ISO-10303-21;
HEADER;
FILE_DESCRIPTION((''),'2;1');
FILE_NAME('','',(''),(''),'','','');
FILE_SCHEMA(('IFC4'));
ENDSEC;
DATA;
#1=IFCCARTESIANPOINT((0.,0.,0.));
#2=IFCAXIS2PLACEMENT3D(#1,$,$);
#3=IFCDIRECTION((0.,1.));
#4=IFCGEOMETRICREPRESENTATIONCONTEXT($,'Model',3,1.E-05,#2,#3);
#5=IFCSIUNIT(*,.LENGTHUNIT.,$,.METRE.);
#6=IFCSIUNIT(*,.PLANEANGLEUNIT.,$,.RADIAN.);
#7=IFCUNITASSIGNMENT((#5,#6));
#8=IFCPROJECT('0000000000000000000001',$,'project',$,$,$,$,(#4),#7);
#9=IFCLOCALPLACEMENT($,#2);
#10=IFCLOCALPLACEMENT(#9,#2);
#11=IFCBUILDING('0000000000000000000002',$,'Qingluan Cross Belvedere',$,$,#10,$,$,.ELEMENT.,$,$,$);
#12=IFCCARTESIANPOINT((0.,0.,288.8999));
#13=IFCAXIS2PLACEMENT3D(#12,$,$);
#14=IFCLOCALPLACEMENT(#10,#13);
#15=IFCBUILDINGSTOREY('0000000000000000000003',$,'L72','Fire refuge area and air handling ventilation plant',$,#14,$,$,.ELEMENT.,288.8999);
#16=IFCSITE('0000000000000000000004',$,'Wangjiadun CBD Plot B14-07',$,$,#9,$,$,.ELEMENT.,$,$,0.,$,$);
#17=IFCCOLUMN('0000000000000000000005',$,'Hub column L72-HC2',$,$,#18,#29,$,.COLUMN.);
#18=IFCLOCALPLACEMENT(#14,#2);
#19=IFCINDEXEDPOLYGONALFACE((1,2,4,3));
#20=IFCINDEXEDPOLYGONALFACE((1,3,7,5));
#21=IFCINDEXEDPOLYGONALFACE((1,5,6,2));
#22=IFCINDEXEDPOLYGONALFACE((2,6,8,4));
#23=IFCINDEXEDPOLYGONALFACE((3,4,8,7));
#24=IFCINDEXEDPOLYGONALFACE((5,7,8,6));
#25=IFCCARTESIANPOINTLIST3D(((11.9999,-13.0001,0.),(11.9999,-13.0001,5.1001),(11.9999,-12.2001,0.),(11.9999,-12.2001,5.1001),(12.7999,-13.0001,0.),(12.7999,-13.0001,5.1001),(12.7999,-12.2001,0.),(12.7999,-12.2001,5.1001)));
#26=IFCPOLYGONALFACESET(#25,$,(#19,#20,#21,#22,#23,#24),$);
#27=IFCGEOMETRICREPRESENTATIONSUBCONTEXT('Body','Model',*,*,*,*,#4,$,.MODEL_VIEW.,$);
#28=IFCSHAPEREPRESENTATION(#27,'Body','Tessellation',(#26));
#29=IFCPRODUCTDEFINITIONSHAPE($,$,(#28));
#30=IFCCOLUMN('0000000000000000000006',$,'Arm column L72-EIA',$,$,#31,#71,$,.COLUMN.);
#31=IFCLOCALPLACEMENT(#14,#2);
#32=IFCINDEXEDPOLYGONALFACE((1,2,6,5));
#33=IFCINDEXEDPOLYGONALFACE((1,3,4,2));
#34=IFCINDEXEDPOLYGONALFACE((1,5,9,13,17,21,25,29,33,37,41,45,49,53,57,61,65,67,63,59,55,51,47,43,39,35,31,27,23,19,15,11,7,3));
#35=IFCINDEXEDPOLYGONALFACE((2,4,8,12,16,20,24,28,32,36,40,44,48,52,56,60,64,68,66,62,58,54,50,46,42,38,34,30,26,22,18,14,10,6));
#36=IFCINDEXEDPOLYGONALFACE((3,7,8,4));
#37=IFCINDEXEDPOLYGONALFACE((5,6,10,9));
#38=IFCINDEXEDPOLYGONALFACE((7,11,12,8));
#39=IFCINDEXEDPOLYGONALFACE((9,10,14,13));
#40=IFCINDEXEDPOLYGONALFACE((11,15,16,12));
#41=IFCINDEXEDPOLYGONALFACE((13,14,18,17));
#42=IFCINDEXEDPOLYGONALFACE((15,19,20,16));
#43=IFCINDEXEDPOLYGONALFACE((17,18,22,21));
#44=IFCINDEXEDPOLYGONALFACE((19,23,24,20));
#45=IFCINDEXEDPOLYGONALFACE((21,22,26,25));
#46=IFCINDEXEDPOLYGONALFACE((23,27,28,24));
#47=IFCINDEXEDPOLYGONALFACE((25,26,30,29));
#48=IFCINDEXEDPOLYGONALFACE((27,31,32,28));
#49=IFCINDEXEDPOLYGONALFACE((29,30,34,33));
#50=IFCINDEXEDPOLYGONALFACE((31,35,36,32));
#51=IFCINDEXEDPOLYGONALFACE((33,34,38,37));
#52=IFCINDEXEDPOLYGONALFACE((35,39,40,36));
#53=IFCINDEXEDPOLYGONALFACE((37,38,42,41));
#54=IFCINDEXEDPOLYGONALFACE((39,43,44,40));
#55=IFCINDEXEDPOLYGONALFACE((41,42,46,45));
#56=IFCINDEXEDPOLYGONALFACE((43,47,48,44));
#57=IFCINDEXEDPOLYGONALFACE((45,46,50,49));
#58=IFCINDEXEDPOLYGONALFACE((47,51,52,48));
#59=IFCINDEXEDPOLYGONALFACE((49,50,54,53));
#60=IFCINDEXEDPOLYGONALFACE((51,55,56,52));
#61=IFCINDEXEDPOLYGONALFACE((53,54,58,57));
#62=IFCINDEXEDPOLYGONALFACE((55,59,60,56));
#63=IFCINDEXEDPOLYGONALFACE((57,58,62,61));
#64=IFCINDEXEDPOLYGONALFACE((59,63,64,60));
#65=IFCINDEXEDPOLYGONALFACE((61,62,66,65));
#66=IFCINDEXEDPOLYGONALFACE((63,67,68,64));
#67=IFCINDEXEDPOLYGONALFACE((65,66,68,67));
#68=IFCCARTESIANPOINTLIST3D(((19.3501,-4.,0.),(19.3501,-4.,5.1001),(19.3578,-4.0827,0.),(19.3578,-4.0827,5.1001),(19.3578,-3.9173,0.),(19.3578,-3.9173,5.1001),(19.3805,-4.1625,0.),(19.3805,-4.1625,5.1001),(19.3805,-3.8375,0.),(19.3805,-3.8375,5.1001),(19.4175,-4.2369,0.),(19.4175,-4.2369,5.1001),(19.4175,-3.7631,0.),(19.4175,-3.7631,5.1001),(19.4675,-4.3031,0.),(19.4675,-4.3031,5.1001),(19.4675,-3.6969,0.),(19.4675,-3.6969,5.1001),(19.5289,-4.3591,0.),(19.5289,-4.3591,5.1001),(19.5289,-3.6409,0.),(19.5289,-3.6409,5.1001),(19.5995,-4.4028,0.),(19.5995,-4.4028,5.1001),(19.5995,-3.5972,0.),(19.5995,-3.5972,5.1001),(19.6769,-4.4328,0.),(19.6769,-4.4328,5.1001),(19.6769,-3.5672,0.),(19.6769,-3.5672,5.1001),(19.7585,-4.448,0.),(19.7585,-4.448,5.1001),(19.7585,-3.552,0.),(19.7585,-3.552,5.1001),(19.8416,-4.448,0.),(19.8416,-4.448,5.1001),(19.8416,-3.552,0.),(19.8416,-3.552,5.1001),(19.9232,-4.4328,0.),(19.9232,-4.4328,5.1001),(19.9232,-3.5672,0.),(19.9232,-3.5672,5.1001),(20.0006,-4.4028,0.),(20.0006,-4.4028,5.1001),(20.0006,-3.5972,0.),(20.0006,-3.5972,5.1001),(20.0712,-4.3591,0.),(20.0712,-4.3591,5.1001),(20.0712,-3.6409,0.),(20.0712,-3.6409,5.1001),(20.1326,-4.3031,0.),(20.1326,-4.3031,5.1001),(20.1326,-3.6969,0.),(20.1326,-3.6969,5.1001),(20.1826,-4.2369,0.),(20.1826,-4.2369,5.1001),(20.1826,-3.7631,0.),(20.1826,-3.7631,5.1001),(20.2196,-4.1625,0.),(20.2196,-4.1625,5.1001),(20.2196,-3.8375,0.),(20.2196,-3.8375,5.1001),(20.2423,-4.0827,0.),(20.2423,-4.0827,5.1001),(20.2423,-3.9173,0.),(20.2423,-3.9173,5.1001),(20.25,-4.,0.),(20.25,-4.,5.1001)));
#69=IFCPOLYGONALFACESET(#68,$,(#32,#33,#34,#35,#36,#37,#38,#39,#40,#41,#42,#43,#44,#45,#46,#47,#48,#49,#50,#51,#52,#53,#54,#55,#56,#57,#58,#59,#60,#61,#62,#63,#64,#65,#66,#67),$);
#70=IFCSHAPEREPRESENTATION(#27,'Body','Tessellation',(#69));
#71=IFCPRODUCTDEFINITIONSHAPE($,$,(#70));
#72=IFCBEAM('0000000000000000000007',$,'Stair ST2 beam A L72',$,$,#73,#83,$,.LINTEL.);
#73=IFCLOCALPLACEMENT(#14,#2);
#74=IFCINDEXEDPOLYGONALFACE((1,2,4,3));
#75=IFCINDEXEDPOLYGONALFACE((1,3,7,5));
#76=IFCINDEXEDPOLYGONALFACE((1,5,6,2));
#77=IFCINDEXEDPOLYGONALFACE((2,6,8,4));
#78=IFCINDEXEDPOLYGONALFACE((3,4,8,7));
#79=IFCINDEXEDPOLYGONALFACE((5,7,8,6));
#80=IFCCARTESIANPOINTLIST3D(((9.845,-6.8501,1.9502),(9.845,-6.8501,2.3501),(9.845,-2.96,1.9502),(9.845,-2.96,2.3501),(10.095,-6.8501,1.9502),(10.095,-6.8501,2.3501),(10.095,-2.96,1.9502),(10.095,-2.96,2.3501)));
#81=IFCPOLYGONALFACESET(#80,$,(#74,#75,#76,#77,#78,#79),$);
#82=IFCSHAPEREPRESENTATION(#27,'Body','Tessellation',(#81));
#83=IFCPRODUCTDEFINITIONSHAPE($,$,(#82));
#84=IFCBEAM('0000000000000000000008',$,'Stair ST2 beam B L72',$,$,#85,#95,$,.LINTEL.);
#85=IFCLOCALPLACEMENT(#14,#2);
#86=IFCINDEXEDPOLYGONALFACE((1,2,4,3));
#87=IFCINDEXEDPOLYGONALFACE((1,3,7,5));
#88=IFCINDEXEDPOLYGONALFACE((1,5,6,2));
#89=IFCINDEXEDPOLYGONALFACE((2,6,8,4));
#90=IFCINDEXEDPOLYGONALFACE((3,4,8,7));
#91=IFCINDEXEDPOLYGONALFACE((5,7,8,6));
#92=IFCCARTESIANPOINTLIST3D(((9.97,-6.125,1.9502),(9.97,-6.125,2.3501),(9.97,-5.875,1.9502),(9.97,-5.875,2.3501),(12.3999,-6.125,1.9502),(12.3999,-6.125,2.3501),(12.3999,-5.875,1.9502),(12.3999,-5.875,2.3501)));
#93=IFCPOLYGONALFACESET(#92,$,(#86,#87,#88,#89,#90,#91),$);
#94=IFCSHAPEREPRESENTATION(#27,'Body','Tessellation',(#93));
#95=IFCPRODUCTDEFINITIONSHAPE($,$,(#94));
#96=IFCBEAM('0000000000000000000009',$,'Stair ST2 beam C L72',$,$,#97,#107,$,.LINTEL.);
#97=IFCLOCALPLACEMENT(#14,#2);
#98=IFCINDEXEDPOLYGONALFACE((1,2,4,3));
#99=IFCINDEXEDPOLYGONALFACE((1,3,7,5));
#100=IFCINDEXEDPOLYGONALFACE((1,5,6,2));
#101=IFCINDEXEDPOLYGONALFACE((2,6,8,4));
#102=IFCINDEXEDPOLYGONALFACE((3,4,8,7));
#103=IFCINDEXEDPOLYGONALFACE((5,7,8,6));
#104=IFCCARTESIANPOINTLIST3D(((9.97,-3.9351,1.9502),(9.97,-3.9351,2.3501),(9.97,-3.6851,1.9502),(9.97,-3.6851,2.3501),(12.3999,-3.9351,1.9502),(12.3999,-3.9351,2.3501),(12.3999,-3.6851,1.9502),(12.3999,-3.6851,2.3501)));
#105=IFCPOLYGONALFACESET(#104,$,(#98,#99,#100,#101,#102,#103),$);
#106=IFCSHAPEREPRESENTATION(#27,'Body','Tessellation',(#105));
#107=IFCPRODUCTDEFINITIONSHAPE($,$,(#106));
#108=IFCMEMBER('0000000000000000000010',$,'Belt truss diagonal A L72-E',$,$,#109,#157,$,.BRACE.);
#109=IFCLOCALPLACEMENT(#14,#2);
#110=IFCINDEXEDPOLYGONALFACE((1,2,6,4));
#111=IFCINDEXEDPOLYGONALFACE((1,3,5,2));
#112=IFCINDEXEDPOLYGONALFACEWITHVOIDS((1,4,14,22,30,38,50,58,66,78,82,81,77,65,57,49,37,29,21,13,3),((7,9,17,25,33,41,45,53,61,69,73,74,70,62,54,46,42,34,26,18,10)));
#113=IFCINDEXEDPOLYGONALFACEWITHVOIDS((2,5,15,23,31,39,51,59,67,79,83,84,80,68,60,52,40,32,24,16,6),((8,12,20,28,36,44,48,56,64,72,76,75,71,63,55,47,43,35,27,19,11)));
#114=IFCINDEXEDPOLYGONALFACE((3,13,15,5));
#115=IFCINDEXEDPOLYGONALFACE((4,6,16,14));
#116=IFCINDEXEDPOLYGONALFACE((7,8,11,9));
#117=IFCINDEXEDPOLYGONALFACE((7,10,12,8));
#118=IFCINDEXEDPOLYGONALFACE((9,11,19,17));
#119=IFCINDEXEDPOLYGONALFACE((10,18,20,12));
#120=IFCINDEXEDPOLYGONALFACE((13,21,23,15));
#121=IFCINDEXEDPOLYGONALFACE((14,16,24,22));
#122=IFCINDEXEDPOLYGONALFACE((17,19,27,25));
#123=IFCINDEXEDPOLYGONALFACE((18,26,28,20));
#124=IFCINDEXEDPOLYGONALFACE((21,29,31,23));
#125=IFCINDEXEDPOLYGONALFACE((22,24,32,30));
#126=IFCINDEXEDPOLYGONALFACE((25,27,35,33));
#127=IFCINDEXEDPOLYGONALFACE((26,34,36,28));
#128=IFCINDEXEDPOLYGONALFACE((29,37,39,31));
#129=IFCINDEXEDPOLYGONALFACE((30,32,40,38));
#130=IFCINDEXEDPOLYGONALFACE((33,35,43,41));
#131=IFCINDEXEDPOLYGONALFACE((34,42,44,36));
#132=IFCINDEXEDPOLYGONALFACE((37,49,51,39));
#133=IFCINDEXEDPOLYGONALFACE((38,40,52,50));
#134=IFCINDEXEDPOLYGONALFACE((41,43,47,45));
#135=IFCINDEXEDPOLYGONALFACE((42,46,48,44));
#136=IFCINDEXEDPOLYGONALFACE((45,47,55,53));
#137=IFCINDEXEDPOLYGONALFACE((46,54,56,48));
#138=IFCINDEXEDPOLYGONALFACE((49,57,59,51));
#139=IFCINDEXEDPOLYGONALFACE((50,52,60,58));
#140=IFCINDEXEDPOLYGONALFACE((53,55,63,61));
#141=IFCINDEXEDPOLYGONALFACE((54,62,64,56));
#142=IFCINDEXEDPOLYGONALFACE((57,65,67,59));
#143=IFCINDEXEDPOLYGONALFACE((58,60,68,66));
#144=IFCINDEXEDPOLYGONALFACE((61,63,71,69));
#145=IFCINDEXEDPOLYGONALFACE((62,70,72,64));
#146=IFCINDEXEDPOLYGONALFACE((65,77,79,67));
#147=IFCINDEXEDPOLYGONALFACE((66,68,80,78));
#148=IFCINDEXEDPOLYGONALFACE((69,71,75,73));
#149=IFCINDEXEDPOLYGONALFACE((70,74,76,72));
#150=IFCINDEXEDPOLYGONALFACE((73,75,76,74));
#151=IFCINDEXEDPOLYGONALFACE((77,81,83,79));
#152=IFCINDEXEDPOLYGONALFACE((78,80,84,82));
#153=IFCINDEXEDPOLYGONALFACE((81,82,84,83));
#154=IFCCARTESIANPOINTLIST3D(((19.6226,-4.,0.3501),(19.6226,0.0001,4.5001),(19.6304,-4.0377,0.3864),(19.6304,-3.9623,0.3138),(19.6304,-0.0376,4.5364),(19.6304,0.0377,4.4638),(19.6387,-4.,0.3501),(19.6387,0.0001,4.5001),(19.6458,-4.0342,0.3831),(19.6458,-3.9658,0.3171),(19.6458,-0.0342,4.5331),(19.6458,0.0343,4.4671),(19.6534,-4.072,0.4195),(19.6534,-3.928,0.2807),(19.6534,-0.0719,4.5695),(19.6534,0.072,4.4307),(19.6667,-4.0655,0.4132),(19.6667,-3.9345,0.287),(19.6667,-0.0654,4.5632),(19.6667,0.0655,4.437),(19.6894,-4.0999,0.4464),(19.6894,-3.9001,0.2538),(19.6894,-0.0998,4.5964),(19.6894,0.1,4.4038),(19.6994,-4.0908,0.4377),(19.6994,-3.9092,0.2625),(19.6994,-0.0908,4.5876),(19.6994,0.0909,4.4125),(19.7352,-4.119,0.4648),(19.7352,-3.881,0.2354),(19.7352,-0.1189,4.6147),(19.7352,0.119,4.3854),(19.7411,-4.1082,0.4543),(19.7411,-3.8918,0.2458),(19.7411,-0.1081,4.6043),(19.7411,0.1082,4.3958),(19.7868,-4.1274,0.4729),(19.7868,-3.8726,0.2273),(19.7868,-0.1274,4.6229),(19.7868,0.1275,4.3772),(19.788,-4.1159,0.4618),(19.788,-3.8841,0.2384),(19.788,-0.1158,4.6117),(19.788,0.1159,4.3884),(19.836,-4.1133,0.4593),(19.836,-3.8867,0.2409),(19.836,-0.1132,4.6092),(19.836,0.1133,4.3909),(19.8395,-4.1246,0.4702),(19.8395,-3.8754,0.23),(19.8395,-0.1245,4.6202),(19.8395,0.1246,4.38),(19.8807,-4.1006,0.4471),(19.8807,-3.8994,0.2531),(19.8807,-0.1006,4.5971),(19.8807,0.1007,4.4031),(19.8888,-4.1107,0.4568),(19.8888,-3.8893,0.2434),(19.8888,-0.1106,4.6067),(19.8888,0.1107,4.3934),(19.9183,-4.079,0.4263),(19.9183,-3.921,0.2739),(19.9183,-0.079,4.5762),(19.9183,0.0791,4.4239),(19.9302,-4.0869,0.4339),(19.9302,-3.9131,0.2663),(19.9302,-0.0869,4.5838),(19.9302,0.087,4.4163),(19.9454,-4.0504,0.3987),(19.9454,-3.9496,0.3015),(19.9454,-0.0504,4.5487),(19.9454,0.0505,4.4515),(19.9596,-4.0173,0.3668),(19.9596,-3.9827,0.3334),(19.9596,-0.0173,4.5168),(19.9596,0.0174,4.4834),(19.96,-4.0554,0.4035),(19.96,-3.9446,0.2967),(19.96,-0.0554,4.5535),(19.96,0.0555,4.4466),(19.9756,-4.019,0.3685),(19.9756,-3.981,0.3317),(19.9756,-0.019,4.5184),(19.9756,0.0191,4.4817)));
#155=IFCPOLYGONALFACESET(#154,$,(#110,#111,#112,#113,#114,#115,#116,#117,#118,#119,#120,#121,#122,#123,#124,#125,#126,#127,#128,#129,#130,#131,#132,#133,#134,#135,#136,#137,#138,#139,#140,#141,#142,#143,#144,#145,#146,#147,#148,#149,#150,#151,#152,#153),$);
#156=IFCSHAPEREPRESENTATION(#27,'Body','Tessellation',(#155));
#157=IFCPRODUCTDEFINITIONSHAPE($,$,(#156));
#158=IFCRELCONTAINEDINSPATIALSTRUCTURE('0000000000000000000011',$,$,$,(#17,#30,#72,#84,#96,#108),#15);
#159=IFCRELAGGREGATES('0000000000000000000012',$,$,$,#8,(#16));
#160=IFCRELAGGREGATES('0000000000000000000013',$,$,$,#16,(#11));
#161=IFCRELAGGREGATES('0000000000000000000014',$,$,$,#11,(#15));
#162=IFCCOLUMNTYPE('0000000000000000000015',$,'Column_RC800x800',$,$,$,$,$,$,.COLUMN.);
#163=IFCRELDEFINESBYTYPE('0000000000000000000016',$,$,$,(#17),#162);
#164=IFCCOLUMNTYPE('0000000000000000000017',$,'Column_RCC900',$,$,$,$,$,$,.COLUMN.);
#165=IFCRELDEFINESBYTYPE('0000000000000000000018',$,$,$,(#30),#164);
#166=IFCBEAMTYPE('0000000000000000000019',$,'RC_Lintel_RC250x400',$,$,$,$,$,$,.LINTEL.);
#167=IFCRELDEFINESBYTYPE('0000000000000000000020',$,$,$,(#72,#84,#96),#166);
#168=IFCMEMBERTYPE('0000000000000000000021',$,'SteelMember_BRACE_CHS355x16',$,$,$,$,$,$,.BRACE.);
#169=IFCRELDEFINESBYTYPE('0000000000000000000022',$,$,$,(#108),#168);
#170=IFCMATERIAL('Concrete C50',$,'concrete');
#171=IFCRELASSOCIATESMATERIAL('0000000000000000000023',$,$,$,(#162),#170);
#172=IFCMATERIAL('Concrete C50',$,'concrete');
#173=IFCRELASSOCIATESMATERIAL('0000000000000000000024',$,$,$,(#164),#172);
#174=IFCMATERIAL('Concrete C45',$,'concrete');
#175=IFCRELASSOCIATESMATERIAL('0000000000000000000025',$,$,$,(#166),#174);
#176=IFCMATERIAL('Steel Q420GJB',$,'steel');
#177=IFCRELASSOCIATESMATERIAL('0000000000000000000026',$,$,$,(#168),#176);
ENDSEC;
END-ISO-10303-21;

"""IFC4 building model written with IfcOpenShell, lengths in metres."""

from ifc_helpers import new_model, si_unit, direction, frame, origin, origin_2d, place, context, subcontext, project, spatial, rectangle, circle, hollow_circle, extrude, material, material_profile, profile_set, type_object, element, save


model = new_model("IFC4")

# Units and contexts
model_context = context("Model", 3, precision=1e-05, world=origin(), true_north=direction((0.0, 1.0)))
body_context = subcontext(model_context, "Body", "Model", "MODEL_VIEW")
ifc_project = project(units=[si_unit("LENGTHUNIT", "METRE"), si_unit("PLANEANGLEUNIT", "RADIAN")], contexts=[model_context])

# Site, building, storey
site_placement = place(None, origin())
site = spatial("IfcSite", under=ifc_project, at=site_placement, Name="Wangjiadun CBD Plot B14-07", CompositionType="ELEMENT", RefElevation=0.0)
building_placement = place(site_placement, origin())
building = spatial("IfcBuilding", under=site, at=building_placement, Name="Qingluan Cross Belvedere", CompositionType="ELEMENT")
storey_placement = place(building_placement, frame((0.0, 0.0, 288.8999)))
storey = spatial("IfcBuildingStorey", under=building, at=storey_placement, Name="L72", Description="Fire refuge area and air handling ventilation plant", CompositionType="ELEMENT", Elevation=288.8999)

# Columns
ifc_material_1 = material(Name="Concrete C50", Category="concrete")
ifc_material_profile_1 = material_profile(ifc_material_1, rectangle(XDim=0.8, YDim=0.8, at=origin_2d()), Name="RC800x800")
ifc_profile_set_1 = profile_set([ifc_material_profile_1], Name="Concrete C50")
column_type_1 = type_object("IfcColumnType", Name="Column_RC800x800", PredefinedType="COLUMN", material=ifc_profile_set_1)
column_1_placement = place(storey_placement, frame((12.3999, -12.6001, 0.0), z_axis=(0.0, 0.0, 1.0), x_axis=(1.0, 0.0, 0.0)))
element("IfcColumn", 1, at=column_1_placement, inside=storey, type_object=column_type_1, Name="Hub column L72-HC2", PredefinedType="COLUMN", context=body_context, shape_type="SweptSolid", body=[
    extrude(rectangle(XDim=0.8, YDim=0.8, at=origin_2d()), origin(), (0.0, 0.0, 1.0), 5.1001),
])
ifc_material_2 = material(Name="Concrete C50", Category="concrete")
ifc_material_profile_2 = material_profile(ifc_material_2, circle(Radius=0.45, at=origin_2d()), Name="RCC900")
ifc_profile_set_2 = profile_set([ifc_material_profile_2], Name="Concrete C50")
column_type_2 = type_object("IfcColumnType", Name="Column_RCC900", PredefinedType="COLUMN", material=ifc_profile_set_2)
column_2_placement = place(storey_placement, frame((19.8, -4.0, 0.0), z_axis=(0.0, 0.0, 1.0), x_axis=(1.0, 0.0, 0.0)))
element("IfcColumn", 2, at=column_2_placement, inside=storey, type_object=column_type_2, Name="Arm column L72-EIA", PredefinedType="COLUMN", context=body_context, shape_type="SweptSolid", body=[
    extrude(circle(Radius=0.45, at=origin_2d()), origin(), (0.0, 0.0, 1.0), 5.1001),
])

# Beams
ifc_material_3 = material(Name="Concrete C45", Category="concrete")
ifc_material_profile_3 = material_profile(ifc_material_3, rectangle(XDim=0.25, YDim=0.3999, at=origin_2d()), Name="RC250x400")
ifc_profile_set_3 = profile_set([ifc_material_profile_3], Name="Concrete C45")
beam_type_1 = type_object("IfcBeamType", Name="RC_Lintel_RC250x400", PredefinedType="LINTEL", material=ifc_profile_set_3)
beam_1_placement = place(storey_placement, frame((9.97, -6.8501, 2.1501), z_axis=(0.0, 1.0, 0.0), x_axis=(-1.0, 0.0, 0.0)))
element("IfcBeam", 3, at=beam_1_placement, inside=storey, type_object=beam_type_1, Name="Stair ST2 beam A L72", PredefinedType="LINTEL", context=body_context, shape_type="SweptSolid", body=[
    extrude(rectangle(XDim=0.25, YDim=0.3999, at=origin_2d()), origin(), (0.0, 0.0, 1.0), 3.8901),
])
for number, where, z_axis, x_axis, name in (
    (4, (12.3999, -6.0, 2.1501), (-1.0, 0.0, 0.0), (0.0, -1.0, 0.0), "Stair ST2 beam B L72"),
    (5, (12.3999, -3.8101, 2.1501), (-1.0, 0.0, 0.0), (0.0, -1.0, 0.0), "Stair ST2 beam C L72"),
):
    element("IfcBeam", number, at=place(storey_placement, frame(where, z_axis=z_axis, x_axis=x_axis)), inside=storey, type_object=beam_type_1, Name=name, PredefinedType="LINTEL", context=body_context, shape_type="SweptSolid", body=[
        extrude(rectangle(XDim=0.25, YDim=0.3999, at=origin_2d()), origin(), (0.0, 0.0, 1.0), 2.4299),
    ])

# Member
ifc_material_4 = material(Name="Steel Q420GJB", Category="steel")
ifc_material_profile_4 = material_profile(ifc_material_4, hollow_circle(Radius=0.1775, WallThickness=0.0161, at=origin_2d()), Name="CHS355x16")
ifc_profile_set_4 = profile_set([ifc_material_profile_4], Name="Steel Q420GJB")
member_type_1 = type_object("IfcMemberType", Name="SteelMember_BRACE_CHS355x16", PredefinedType="BRACE", material=ifc_profile_set_4)
member_placement = place(storey_placement, frame((19.8, -4.0, 0.3501), z_axis=(0.0, 0.693983, 0.719991), x_axis=(-1.0, 0.0, 0.0)))
element("IfcMember", 6, at=member_placement, inside=storey, type_object=member_type_1, Name="Belt truss diagonal A L72-E", PredefinedType="BRACE", context=body_context, shape_type="SweptSolid", body=[
    extrude(hollow_circle(Radius=0.1775, WallThickness=0.0161, at=origin_2d()), origin(), (0.0, 0.0, 1.0), 5.7639),
])

save(model, "model.ifc")
